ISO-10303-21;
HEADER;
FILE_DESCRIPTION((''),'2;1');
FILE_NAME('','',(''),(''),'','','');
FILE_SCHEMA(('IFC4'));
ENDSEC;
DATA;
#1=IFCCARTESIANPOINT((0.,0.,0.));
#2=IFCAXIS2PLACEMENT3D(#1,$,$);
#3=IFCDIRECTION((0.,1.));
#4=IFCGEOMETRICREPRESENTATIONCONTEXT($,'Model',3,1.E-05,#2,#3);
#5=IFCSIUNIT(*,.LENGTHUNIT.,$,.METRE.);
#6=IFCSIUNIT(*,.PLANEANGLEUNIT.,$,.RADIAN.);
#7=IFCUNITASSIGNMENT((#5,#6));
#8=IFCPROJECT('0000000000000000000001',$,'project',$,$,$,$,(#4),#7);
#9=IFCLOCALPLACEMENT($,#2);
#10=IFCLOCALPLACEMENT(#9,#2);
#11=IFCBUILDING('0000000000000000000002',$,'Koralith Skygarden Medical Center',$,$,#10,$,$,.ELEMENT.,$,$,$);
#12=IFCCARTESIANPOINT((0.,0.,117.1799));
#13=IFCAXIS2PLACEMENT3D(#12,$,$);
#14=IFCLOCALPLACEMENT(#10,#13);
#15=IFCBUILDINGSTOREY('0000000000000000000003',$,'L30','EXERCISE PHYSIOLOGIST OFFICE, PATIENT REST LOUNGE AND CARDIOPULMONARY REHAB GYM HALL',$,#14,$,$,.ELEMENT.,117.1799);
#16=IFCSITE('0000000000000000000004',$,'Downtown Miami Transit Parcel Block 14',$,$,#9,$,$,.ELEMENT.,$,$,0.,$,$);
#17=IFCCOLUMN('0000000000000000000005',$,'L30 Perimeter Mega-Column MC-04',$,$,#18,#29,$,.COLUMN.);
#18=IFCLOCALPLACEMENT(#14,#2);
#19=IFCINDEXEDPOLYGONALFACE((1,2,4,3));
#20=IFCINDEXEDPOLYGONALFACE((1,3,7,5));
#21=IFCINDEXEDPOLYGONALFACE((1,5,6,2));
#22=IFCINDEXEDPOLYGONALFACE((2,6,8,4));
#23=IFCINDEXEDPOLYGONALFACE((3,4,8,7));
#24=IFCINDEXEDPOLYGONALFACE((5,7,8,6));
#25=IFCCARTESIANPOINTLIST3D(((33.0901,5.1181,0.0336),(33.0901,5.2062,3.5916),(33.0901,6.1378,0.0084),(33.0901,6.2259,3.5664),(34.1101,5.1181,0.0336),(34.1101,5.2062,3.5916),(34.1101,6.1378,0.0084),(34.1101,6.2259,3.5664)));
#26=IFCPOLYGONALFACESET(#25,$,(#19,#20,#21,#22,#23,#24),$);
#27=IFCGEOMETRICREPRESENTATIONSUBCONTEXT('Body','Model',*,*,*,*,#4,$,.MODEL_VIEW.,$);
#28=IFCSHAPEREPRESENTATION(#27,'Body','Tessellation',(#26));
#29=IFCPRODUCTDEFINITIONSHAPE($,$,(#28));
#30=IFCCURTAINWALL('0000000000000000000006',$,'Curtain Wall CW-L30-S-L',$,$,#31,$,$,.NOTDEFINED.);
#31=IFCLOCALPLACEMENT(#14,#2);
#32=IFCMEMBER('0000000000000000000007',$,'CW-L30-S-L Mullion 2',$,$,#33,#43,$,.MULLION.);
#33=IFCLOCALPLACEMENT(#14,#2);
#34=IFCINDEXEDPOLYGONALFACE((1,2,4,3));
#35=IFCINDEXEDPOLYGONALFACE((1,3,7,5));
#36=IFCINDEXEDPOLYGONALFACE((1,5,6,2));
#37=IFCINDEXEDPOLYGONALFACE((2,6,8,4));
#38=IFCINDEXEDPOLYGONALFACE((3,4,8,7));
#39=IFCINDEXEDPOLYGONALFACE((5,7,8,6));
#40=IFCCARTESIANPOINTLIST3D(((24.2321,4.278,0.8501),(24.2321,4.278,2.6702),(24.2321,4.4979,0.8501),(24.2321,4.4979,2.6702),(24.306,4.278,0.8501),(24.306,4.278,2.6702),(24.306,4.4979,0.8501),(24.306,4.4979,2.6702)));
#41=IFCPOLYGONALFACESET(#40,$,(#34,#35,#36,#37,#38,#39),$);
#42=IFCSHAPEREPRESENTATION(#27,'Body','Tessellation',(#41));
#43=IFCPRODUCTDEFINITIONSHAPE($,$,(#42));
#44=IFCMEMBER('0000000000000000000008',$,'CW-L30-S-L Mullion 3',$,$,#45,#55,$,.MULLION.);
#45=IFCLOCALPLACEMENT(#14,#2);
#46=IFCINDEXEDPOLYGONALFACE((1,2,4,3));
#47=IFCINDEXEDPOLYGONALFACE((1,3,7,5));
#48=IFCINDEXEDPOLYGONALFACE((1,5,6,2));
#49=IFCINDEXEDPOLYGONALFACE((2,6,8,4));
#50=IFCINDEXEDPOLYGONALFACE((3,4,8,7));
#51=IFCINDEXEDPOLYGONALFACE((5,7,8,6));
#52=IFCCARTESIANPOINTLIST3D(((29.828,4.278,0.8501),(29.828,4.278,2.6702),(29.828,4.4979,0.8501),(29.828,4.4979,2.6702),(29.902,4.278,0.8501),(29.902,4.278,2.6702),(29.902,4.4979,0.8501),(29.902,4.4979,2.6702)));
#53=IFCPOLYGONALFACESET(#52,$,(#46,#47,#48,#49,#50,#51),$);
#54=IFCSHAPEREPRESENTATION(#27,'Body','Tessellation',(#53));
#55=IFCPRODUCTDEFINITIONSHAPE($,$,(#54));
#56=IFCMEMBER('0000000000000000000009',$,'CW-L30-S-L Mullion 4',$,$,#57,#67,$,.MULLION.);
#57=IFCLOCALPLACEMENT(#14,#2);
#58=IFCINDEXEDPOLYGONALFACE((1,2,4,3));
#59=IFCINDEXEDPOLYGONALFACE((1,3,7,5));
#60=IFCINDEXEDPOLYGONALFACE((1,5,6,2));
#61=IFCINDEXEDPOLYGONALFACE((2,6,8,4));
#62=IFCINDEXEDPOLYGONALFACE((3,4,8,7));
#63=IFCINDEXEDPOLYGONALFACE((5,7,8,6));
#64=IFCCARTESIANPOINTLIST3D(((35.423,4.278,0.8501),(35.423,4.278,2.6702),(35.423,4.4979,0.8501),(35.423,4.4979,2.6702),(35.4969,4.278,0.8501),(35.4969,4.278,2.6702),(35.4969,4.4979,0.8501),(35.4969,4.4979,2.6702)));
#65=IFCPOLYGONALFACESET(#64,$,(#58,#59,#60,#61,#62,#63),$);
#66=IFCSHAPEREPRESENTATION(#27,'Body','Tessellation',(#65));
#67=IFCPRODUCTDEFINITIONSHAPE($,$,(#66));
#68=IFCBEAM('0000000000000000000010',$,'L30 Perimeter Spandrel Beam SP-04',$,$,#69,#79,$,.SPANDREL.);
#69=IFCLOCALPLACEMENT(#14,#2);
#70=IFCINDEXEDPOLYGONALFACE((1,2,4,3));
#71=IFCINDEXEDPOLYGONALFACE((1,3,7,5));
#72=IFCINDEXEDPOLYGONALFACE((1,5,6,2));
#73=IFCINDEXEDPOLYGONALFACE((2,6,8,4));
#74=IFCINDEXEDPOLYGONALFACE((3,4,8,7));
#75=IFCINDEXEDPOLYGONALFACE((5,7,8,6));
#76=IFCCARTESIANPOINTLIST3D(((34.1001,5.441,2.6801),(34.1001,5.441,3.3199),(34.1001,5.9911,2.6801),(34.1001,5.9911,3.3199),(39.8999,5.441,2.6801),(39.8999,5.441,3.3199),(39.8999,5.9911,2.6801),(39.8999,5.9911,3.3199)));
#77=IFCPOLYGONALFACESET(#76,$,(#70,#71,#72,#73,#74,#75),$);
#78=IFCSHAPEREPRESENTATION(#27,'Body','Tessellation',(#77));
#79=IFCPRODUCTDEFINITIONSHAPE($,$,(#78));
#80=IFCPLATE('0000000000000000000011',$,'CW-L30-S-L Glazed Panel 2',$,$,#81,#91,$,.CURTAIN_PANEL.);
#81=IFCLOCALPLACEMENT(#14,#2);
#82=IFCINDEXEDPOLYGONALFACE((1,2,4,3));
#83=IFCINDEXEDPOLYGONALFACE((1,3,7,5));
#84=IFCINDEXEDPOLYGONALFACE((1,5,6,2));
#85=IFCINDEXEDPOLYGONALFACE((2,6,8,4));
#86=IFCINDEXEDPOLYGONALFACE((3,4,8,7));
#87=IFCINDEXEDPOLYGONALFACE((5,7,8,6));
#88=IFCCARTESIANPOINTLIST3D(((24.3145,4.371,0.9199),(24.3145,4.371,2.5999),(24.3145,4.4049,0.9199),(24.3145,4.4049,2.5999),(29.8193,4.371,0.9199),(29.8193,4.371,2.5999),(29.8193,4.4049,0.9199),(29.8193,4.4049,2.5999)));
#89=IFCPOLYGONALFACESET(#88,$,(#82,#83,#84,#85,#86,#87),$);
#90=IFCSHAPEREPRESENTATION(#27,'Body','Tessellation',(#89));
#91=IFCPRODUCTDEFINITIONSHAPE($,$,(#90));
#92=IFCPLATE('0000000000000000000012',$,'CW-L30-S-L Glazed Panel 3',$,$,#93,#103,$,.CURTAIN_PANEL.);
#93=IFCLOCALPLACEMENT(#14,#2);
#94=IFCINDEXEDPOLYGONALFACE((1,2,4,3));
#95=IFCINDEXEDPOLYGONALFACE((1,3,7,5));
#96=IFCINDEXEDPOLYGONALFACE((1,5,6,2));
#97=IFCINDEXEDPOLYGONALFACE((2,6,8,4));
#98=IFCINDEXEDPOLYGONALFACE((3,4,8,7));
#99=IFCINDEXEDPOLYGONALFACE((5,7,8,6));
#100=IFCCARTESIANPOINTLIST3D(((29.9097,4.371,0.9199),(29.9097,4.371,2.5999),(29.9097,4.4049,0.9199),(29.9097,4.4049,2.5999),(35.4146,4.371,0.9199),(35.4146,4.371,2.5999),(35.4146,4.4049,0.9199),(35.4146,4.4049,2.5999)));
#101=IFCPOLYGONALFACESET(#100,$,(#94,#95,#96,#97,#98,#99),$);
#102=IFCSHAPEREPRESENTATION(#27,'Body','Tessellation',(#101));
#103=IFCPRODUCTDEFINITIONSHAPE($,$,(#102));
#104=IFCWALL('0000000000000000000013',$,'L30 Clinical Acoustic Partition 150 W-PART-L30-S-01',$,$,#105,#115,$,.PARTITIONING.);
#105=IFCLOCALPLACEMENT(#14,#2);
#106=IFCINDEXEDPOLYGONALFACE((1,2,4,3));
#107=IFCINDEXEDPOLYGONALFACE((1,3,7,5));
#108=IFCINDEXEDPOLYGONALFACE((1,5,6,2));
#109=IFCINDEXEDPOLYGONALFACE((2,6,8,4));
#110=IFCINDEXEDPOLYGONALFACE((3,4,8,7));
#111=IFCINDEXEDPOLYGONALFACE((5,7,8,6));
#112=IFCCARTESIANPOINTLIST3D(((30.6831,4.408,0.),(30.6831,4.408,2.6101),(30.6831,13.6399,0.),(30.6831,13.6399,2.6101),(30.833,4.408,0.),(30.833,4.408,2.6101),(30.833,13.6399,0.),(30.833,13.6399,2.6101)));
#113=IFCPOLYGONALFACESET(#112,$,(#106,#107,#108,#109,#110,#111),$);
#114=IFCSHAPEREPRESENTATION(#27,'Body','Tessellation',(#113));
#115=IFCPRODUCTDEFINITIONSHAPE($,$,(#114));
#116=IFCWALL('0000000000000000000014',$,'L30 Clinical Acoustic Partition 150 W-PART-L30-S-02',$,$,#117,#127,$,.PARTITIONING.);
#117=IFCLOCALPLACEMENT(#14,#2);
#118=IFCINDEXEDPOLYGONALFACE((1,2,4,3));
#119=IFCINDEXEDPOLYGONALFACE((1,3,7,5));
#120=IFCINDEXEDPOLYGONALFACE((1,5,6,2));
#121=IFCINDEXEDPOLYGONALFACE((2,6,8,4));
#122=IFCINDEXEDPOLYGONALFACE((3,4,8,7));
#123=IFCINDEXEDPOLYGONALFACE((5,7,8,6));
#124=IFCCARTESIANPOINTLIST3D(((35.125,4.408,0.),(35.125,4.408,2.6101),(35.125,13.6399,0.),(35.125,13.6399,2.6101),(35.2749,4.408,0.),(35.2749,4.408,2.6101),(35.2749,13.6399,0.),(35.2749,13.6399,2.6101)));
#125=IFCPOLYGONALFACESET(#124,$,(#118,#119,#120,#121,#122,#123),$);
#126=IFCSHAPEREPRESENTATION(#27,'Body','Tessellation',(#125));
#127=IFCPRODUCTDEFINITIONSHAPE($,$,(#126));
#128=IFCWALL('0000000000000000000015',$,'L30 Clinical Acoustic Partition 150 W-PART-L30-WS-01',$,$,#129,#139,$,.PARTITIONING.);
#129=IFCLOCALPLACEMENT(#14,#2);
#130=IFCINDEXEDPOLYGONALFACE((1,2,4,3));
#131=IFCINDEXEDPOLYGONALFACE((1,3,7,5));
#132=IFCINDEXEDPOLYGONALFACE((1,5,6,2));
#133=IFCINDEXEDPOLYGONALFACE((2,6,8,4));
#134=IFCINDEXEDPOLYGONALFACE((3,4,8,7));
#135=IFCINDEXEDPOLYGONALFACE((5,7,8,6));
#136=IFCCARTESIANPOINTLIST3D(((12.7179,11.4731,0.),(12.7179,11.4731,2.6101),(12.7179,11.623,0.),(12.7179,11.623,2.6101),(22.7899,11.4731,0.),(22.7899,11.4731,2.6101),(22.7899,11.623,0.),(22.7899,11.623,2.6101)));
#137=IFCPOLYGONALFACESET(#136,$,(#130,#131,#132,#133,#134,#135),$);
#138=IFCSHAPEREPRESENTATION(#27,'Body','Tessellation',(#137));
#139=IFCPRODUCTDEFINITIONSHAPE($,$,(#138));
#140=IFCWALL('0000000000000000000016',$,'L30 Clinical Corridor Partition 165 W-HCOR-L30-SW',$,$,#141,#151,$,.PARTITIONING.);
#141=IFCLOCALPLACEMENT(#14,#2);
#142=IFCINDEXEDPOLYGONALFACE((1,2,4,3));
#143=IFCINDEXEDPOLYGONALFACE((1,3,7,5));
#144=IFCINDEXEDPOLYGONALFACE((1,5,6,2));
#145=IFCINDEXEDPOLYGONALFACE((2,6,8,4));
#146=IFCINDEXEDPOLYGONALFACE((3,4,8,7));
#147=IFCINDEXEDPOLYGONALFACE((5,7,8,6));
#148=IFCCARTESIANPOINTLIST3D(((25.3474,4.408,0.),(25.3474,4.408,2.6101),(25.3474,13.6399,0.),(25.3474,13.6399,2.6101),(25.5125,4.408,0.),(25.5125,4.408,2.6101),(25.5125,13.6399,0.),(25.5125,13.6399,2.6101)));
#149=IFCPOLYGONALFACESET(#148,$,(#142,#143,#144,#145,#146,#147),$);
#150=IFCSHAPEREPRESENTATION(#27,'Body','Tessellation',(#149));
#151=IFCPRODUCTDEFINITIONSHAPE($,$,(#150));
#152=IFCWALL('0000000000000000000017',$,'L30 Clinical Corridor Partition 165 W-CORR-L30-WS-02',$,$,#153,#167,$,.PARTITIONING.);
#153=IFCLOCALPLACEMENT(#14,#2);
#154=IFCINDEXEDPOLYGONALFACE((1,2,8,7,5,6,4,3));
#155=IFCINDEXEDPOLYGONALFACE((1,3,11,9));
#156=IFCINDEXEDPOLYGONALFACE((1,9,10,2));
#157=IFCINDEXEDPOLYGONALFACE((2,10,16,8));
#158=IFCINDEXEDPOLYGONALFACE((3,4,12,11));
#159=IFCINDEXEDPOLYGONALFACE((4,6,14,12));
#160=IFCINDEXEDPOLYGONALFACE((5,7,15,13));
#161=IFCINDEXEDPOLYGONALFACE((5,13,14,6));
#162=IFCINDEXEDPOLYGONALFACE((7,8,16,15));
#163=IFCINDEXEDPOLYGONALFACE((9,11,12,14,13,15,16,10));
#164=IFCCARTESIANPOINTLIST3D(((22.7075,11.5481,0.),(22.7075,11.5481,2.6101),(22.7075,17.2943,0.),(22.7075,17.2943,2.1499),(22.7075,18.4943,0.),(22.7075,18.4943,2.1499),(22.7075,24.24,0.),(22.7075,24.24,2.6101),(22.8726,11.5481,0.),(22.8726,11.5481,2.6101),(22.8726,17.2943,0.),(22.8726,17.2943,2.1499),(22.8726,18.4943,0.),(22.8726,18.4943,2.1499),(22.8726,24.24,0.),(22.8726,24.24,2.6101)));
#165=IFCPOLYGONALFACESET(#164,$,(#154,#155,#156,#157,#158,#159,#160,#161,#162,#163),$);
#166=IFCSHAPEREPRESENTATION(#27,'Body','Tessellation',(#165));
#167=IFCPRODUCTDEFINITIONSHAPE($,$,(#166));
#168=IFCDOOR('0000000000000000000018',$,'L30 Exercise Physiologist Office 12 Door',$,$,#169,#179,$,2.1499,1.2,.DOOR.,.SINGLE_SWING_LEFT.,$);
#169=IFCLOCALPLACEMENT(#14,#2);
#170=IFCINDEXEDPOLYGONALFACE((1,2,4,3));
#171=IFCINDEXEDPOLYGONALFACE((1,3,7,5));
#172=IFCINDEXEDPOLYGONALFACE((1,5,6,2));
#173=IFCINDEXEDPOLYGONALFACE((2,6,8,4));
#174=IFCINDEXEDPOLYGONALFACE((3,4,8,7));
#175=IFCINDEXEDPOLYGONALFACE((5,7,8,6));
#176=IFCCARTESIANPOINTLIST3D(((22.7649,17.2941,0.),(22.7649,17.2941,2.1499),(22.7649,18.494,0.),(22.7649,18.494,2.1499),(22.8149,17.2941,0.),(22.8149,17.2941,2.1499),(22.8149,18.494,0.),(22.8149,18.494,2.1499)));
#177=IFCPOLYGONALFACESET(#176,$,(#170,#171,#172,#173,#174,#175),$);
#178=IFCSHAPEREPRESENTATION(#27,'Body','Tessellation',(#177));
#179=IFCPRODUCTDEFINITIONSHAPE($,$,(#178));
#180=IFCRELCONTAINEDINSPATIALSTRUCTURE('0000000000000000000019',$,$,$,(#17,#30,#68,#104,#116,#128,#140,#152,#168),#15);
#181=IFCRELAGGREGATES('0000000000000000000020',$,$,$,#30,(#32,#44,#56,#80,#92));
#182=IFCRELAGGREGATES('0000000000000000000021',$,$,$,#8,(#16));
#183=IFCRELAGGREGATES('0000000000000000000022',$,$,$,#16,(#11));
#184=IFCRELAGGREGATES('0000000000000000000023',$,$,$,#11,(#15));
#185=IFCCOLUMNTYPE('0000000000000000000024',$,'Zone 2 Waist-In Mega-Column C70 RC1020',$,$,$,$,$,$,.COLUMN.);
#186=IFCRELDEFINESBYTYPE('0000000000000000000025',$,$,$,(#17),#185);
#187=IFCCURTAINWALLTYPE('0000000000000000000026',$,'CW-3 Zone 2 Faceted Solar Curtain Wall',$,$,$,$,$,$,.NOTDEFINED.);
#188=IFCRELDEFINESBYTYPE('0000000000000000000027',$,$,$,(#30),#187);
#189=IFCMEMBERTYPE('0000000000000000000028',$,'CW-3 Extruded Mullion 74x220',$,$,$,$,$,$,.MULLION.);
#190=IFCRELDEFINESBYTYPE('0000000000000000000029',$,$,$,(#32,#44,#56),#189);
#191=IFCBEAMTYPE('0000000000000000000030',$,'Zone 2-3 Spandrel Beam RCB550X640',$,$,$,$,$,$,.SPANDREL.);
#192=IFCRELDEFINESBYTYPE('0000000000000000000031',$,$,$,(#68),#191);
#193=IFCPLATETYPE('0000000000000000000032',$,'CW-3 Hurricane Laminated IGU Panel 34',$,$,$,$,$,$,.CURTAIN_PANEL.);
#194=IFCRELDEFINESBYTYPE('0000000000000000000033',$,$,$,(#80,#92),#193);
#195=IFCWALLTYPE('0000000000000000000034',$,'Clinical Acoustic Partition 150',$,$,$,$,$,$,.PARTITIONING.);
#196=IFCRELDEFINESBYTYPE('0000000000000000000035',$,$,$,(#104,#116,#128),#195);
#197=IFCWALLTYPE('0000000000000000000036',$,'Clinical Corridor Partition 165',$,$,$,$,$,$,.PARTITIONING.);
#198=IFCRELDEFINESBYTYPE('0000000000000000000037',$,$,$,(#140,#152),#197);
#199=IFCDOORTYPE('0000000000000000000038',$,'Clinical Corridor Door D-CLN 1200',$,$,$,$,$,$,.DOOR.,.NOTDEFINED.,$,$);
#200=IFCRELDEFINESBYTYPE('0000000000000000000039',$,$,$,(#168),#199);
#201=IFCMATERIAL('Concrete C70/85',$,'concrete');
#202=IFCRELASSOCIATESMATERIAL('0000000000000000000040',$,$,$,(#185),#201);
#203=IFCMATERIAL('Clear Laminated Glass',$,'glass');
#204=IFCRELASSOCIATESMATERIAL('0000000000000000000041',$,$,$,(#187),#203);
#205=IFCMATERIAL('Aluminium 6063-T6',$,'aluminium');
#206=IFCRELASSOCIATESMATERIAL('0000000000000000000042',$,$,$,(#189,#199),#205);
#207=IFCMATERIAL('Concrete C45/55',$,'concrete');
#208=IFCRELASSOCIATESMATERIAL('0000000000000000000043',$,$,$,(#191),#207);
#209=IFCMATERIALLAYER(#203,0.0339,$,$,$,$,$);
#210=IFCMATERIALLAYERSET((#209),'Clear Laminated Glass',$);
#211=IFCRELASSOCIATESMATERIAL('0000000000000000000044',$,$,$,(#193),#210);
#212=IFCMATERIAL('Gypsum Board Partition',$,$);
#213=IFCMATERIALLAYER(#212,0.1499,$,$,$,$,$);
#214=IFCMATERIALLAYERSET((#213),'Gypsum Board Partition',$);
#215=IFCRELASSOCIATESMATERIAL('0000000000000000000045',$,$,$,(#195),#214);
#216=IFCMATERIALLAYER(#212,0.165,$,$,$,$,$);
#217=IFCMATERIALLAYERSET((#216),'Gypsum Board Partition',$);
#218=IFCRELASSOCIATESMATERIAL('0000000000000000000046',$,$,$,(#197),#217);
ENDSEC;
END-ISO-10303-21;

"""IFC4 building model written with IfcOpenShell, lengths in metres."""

from ifc_helpers import new_model, si_unit, direction, frame, frame_2d, origin, origin_2d, place, context, subcontext, project, spatial, rectangle, extrude, material, layer, layer_set, material_profile, profile_set, type_object, element, fill, aggregate, save


model = new_model("IFC4")

# Units and contexts
model_context = context("Model", 3, precision=1e-05, world=origin(), true_north=direction((0.0, 1.0)))
body_context = subcontext(model_context, "Body", "Model", "MODEL_VIEW")
ifc_project = project(units=[si_unit("LENGTHUNIT", "METRE"), si_unit("PLANEANGLEUNIT", "RADIAN")], contexts=[model_context])

# Site, building, storey
site_placement = place(None, origin())
site = spatial("IfcSite", under=ifc_project, at=site_placement, Name="Downtown Miami Transit Parcel Block 14", CompositionType="ELEMENT", RefElevation=0.0)
building_placement = place(site_placement, origin())
building = spatial("IfcBuilding", under=site, at=building_placement, Name="Koralith Skygarden Medical Center", CompositionType="ELEMENT")
storey_placement = place(building_placement, frame((0.0, 0.0, 117.1799)))
storey = spatial("IfcBuildingStorey", under=building, at=storey_placement, Name="L30", Description="EXERCISE PHYSIOLOGIST OFFICE, PATIENT REST LOUNGE AND CARDIOPULMONARY REHAB GYM HALL", CompositionType="ELEMENT", Elevation=117.1799)

# Column
ifc_material_1 = material(Name="Concrete C70/85", Category="concrete")
ifc_material_profile_1 = material_profile(ifc_material_1, rectangle(XDim=1.02, YDim=1.02, at=origin_2d()), Name="RC1020X1020")
ifc_profile_set_1 = profile_set([ifc_material_profile_1], Name="Concrete C70/85")
column_type = type_object("IfcColumnType", Name="Zone 2 Waist-In Mega-Column C70 RC1020", PredefinedType="COLUMN", material=ifc_profile_set_1)
column_placement = place(storey_placement, frame((33.6001, 5.6279, 0.021), z_axis=(0.0, 0.024763, 0.999693), x_axis=(-1.0, 0.0, 0.0)))
element("IfcColumn", 1, at=column_placement, inside=storey, type_object=column_type, Name="L30 Perimeter Mega-Column MC-04", PredefinedType="COLUMN", context=body_context, shape_type="SweptSolid", body=[
    extrude(rectangle(XDim=1.02, YDim=1.02, at=origin_2d()), origin(), (0.0, 0.0, 1.0), 3.5591),
])

# Curtain wall, members
ifc_material_2 = material(Name="Clear Laminated Glass", Category="glass")
curtain_wall_type = type_object("IfcCurtainWallType", Name="CW-3 Zone 2 Faceted Solar Curtain Wall", PredefinedType="NOTDEFINED", material=ifc_material_2)
curtain_wall_placement = place(storey_placement, origin())
curtain_wall = element("IfcCurtainWall", 2, at=curtain_wall_placement, inside=storey, type_object=curtain_wall_type, Name="Curtain Wall CW-L30-S-L", PredefinedType="NOTDEFINED")
ifc_material_3 = material(Name="Aluminium 6063-T6", Category="aluminium")
ifc_material_profile_2 = material_profile(ifc_material_3, rectangle(XDim=0.074, YDim=0.22, at=origin_2d()), Name="MUL74X220")
ifc_profile_set_2 = profile_set([ifc_material_profile_2], Name="Aluminium 6063-T6")
member_type = type_object("IfcMemberType", Name="CW-3 Extruded Mullion 74x220", PredefinedType="MULLION", material=ifc_profile_set_2)
member_1_placement = place(storey_placement, frame((24.269, 4.3879, 0.8501), z_axis=(0.0, 0.0, 1.0), x_axis=(1.0, 0.0, 0.0)))
member_1 = element("IfcMember", 3, at=member_1_placement, type_object=member_type, Name="CW-L30-S-L Mullion 2", PredefinedType="MULLION", context=body_context, shape_type="SweptSolid", body=[
    extrude(rectangle(XDim=0.074, YDim=0.22, at=origin_2d()), origin(), (0.0, 0.0, 1.0), 1.8201),
])
member_2_placement = place(storey_placement, frame((29.865, 4.3879, 0.8501), z_axis=(0.0, 0.0, 1.0), x_axis=(1.0, 0.0, 0.0)))
member_2 = element("IfcMember", 4, at=member_2_placement, type_object=member_type, Name="CW-L30-S-L Mullion 3", PredefinedType="MULLION", context=body_context, shape_type="SweptSolid", body=[
    extrude(rectangle(XDim=0.074, YDim=0.22, at=origin_2d()), origin(), (0.0, 0.0, 1.0), 1.8201),
])
member_3_placement = place(storey_placement, frame((35.46, 4.3879, 0.8501), z_axis=(0.0, 0.0, 1.0), x_axis=(1.0, 0.0, 0.0)))
member_3 = element("IfcMember", 5, at=member_3_placement, type_object=member_type, Name="CW-L30-S-L Mullion 4", PredefinedType="MULLION", context=body_context, shape_type="SweptSolid", body=[
    extrude(rectangle(XDim=0.074, YDim=0.22, at=origin_2d()), origin(), (0.0, 0.0, 1.0), 1.8201),
])

# Beam
ifc_material_4 = material(Name="Concrete C45/55", Category="concrete")
ifc_material_profile_3 = material_profile(ifc_material_4, rectangle(XDim=0.55, YDim=0.6399, at=origin_2d()), Name="RCB550X640")
ifc_profile_set_3 = profile_set([ifc_material_profile_3], Name="Concrete C45/55")
beam_type = type_object("IfcBeamType", Name="Zone 2-3 Spandrel Beam RCB550X640", PredefinedType="SPANDREL", material=ifc_profile_set_3)
beam_placement = place(storey_placement, frame((34.1001, 5.7161, 3.0), z_axis=(1.0, 0.0, 0.0), x_axis=(0.0, 1.0, 0.0)))
element("IfcBeam", 6, at=beam_placement, inside=storey, type_object=beam_type, Name="L30 Perimeter Spandrel Beam SP-04", PredefinedType="SPANDREL", context=body_context, shape_type="SweptSolid", body=[
    extrude(rectangle(XDim=0.55, YDim=0.6399, at=origin_2d()), origin(), (0.0, 0.0, 1.0), 5.7998),
])

# Plates
ifc_layer_1 = layer(ifc_material_2, 0.0339)
ifc_layer_set_1 = layer_set([ifc_layer_1], Name="Clear Laminated Glass")
plate_type = type_object("IfcPlateType", Name="CW-3 Hurricane Laminated IGU Panel 34", PredefinedType="CURTAIN_PANEL", material=ifc_layer_set_1)
plate_1_placement = place(storey_placement, frame((27.0669, 4.3879, 0.9199), z_axis=(0.0, 0.0, 1.0), x_axis=(1.0, 0.0, 0.0)))
plate_1 = element("IfcPlate", 7, at=plate_1_placement, type_object=plate_type, Name="CW-L30-S-L Glazed Panel 2", PredefinedType="CURTAIN_PANEL", context=body_context, shape_type="SweptSolid", body=[
    extrude(rectangle(XDim=5.5049, YDim=0.0339, at=origin_2d()), origin(), (0.0, 0.0, 1.0), 1.6799),
])
plate_2_placement = place(storey_placement, frame((32.6621, 4.3879, 0.9199), z_axis=(0.0, 0.0, 1.0), x_axis=(1.0, 0.0, 0.0)))
plate_2 = element("IfcPlate", 8, at=plate_2_placement, type_object=plate_type, Name="CW-L30-S-L Glazed Panel 3", PredefinedType="CURTAIN_PANEL", context=body_context, shape_type="SweptSolid", body=[
    extrude(rectangle(XDim=5.5049, YDim=0.0339, at=origin_2d()), origin(), (0.0, 0.0, 1.0), 1.6799),
])
aggregate(curtain_wall, [member_1, member_2, member_3, plate_1, plate_2])

# Walls
ifc_material_5 = material(Name="Gypsum Board Partition")
ifc_layer_2 = layer(ifc_material_5, 0.1499)
ifc_layer_set_2 = layer_set([ifc_layer_2], Name="Gypsum Board Partition")
wall_type_1 = type_object("IfcWallType", Name="Clinical Acoustic Partition 150", PredefinedType="PARTITIONING", material=ifc_layer_set_2)
for number, where, z_axis, x_axis, name in (
    (9, (30.7581, 13.6399, 0.0), (0.0, 0.0, 1.0), (0.0, -1.0, 0.0), "L30 Clinical Acoustic Partition 150 W-PART-L30-S-01"),
    (10, (35.2, 13.6399, 0.0), (0.0, 0.0, 1.0), (0.0, -1.0, 0.0), "L30 Clinical Acoustic Partition 150 W-PART-L30-S-02"),
):
    element("IfcWall", number, at=place(storey_placement, frame(where, z_axis=z_axis, x_axis=x_axis)), inside=storey, type_object=wall_type_1, Name=name, PredefinedType="PARTITIONING", context=body_context, shape_type="SweptSolid", body=[
        extrude(rectangle(XDim=9.2319, YDim=0.1499, at=frame_2d((4.616, 0.0))), origin(), (0.0, 0.0, 1.0), 2.6101),
    ])
wall_1_placement = place(storey_placement, frame((22.79, 11.5481, 0.0), z_axis=(0.0, 0.0, 1.0), x_axis=(-1.0, 0.0, 0.0)))
element("IfcWall", 11, at=wall_1_placement, inside=storey, type_object=wall_type_1, Name="L30 Clinical Acoustic Partition 150 W-PART-L30-WS-01", PredefinedType="PARTITIONING", context=body_context, shape_type="SweptSolid", body=[
    extrude(rectangle(XDim=10.072, YDim=0.1499, at=frame_2d((5.0361, 0.0))), origin(), (0.0, 0.0, 1.0), 2.6101),
])
ifc_layer_3 = layer(ifc_material_5, 0.165)
ifc_layer_set_3 = layer_set([ifc_layer_3], Name="Gypsum Board Partition")
wall_type_2 = type_object("IfcWallType", Name="Clinical Corridor Partition 165", PredefinedType="PARTITIONING", material=ifc_layer_set_3)
wall_2_placement = place(storey_placement, frame((25.4299, 4.408, 0.0), z_axis=(0.0, 0.0, 1.0), x_axis=(0.0, 1.0, 0.0)))
element("IfcWall", 12, at=wall_2_placement, inside=storey, type_object=wall_type_2, Name="L30 Clinical Corridor Partition 165 W-HCOR-L30-SW", PredefinedType="PARTITIONING", context=body_context, shape_type="SweptSolid", body=[
    extrude(rectangle(XDim=9.2319, YDim=0.165, at=frame_2d((4.616, 0.0))), origin(), (0.0, 0.0, 1.0), 2.6101),
])

# Wall, opening, door
door_type_1 = type_object("IfcDoorType", Name="Clinical Corridor Door D-CLN 1200", OperationType="NOTDEFINED", PredefinedType="DOOR", material=ifc_material_3)
wall_3_placement = place(storey_placement, frame((22.79, 11.5481, 0.0), z_axis=(0.0, 0.0, 1.0), x_axis=(0.0, 1.0, 0.0)))
wall_3 = element("IfcWall", 13, at=wall_3_placement, inside=storey, type_object=wall_type_2, Name="L30 Clinical Corridor Partition 165 W-CORR-L30-WS-02", PredefinedType="PARTITIONING", context=body_context, shape_type="SweptSolid", body=[
    extrude(rectangle(XDim=12.6919, YDim=0.165, at=frame_2d((6.3459, 0.0))), origin(), (0.0, 0.0, 1.0), 2.6101),
])
opening_1_placement = place(wall_3_placement, frame((5.7461, 0.0, 0.0)))
opening_1 = element("IfcOpeningElement", 14, at=opening_1_placement, cuts=wall_3, PredefinedType="OPENING", context=body_context, shape_type="SweptSolid", body=[
    extrude(rectangle(XDim=1.2, YDim=2.1499, at=frame_2d((0.6001, 1.075))), frame((0.0, 0.0925, 0.0), z_axis=(0.0, -1.0, 0.0), x_axis=(1.0, 0.0, 0.0)), (0.0, 0.0, 1.0), 0.1851),
])
door_1_placement = place(opening_1_placement, frame((1.2, 0.0, 0.0), z_axis=(0.0, 0.0, 1.0), x_axis=(-1.0, 0.0, 0.0)))
door_1 = element("IfcDoor", 15, at=door_1_placement, inside=storey, type_object=door_type_1, Name="L30 Exercise Physiologist Office 12 Door", OperationType="SINGLE_SWING_LEFT", OverallHeight=2.1499, OverallWidth=1.2, PredefinedType="DOOR", context=body_context, shape_type="SweptSolid", body=[
    extrude(rectangle(XDim=1.2, YDim=2.1499, at=frame_2d((0.6001, 1.075))), frame((0.0, 0.0249, 0.0), z_axis=(0.0, -1.0, 0.0), x_axis=(1.0, 0.0, 0.0)), (0.0, 0.0, 1.0), 0.05),
])
fill(opening_1, door_1)

save(model, "model.ifc")
